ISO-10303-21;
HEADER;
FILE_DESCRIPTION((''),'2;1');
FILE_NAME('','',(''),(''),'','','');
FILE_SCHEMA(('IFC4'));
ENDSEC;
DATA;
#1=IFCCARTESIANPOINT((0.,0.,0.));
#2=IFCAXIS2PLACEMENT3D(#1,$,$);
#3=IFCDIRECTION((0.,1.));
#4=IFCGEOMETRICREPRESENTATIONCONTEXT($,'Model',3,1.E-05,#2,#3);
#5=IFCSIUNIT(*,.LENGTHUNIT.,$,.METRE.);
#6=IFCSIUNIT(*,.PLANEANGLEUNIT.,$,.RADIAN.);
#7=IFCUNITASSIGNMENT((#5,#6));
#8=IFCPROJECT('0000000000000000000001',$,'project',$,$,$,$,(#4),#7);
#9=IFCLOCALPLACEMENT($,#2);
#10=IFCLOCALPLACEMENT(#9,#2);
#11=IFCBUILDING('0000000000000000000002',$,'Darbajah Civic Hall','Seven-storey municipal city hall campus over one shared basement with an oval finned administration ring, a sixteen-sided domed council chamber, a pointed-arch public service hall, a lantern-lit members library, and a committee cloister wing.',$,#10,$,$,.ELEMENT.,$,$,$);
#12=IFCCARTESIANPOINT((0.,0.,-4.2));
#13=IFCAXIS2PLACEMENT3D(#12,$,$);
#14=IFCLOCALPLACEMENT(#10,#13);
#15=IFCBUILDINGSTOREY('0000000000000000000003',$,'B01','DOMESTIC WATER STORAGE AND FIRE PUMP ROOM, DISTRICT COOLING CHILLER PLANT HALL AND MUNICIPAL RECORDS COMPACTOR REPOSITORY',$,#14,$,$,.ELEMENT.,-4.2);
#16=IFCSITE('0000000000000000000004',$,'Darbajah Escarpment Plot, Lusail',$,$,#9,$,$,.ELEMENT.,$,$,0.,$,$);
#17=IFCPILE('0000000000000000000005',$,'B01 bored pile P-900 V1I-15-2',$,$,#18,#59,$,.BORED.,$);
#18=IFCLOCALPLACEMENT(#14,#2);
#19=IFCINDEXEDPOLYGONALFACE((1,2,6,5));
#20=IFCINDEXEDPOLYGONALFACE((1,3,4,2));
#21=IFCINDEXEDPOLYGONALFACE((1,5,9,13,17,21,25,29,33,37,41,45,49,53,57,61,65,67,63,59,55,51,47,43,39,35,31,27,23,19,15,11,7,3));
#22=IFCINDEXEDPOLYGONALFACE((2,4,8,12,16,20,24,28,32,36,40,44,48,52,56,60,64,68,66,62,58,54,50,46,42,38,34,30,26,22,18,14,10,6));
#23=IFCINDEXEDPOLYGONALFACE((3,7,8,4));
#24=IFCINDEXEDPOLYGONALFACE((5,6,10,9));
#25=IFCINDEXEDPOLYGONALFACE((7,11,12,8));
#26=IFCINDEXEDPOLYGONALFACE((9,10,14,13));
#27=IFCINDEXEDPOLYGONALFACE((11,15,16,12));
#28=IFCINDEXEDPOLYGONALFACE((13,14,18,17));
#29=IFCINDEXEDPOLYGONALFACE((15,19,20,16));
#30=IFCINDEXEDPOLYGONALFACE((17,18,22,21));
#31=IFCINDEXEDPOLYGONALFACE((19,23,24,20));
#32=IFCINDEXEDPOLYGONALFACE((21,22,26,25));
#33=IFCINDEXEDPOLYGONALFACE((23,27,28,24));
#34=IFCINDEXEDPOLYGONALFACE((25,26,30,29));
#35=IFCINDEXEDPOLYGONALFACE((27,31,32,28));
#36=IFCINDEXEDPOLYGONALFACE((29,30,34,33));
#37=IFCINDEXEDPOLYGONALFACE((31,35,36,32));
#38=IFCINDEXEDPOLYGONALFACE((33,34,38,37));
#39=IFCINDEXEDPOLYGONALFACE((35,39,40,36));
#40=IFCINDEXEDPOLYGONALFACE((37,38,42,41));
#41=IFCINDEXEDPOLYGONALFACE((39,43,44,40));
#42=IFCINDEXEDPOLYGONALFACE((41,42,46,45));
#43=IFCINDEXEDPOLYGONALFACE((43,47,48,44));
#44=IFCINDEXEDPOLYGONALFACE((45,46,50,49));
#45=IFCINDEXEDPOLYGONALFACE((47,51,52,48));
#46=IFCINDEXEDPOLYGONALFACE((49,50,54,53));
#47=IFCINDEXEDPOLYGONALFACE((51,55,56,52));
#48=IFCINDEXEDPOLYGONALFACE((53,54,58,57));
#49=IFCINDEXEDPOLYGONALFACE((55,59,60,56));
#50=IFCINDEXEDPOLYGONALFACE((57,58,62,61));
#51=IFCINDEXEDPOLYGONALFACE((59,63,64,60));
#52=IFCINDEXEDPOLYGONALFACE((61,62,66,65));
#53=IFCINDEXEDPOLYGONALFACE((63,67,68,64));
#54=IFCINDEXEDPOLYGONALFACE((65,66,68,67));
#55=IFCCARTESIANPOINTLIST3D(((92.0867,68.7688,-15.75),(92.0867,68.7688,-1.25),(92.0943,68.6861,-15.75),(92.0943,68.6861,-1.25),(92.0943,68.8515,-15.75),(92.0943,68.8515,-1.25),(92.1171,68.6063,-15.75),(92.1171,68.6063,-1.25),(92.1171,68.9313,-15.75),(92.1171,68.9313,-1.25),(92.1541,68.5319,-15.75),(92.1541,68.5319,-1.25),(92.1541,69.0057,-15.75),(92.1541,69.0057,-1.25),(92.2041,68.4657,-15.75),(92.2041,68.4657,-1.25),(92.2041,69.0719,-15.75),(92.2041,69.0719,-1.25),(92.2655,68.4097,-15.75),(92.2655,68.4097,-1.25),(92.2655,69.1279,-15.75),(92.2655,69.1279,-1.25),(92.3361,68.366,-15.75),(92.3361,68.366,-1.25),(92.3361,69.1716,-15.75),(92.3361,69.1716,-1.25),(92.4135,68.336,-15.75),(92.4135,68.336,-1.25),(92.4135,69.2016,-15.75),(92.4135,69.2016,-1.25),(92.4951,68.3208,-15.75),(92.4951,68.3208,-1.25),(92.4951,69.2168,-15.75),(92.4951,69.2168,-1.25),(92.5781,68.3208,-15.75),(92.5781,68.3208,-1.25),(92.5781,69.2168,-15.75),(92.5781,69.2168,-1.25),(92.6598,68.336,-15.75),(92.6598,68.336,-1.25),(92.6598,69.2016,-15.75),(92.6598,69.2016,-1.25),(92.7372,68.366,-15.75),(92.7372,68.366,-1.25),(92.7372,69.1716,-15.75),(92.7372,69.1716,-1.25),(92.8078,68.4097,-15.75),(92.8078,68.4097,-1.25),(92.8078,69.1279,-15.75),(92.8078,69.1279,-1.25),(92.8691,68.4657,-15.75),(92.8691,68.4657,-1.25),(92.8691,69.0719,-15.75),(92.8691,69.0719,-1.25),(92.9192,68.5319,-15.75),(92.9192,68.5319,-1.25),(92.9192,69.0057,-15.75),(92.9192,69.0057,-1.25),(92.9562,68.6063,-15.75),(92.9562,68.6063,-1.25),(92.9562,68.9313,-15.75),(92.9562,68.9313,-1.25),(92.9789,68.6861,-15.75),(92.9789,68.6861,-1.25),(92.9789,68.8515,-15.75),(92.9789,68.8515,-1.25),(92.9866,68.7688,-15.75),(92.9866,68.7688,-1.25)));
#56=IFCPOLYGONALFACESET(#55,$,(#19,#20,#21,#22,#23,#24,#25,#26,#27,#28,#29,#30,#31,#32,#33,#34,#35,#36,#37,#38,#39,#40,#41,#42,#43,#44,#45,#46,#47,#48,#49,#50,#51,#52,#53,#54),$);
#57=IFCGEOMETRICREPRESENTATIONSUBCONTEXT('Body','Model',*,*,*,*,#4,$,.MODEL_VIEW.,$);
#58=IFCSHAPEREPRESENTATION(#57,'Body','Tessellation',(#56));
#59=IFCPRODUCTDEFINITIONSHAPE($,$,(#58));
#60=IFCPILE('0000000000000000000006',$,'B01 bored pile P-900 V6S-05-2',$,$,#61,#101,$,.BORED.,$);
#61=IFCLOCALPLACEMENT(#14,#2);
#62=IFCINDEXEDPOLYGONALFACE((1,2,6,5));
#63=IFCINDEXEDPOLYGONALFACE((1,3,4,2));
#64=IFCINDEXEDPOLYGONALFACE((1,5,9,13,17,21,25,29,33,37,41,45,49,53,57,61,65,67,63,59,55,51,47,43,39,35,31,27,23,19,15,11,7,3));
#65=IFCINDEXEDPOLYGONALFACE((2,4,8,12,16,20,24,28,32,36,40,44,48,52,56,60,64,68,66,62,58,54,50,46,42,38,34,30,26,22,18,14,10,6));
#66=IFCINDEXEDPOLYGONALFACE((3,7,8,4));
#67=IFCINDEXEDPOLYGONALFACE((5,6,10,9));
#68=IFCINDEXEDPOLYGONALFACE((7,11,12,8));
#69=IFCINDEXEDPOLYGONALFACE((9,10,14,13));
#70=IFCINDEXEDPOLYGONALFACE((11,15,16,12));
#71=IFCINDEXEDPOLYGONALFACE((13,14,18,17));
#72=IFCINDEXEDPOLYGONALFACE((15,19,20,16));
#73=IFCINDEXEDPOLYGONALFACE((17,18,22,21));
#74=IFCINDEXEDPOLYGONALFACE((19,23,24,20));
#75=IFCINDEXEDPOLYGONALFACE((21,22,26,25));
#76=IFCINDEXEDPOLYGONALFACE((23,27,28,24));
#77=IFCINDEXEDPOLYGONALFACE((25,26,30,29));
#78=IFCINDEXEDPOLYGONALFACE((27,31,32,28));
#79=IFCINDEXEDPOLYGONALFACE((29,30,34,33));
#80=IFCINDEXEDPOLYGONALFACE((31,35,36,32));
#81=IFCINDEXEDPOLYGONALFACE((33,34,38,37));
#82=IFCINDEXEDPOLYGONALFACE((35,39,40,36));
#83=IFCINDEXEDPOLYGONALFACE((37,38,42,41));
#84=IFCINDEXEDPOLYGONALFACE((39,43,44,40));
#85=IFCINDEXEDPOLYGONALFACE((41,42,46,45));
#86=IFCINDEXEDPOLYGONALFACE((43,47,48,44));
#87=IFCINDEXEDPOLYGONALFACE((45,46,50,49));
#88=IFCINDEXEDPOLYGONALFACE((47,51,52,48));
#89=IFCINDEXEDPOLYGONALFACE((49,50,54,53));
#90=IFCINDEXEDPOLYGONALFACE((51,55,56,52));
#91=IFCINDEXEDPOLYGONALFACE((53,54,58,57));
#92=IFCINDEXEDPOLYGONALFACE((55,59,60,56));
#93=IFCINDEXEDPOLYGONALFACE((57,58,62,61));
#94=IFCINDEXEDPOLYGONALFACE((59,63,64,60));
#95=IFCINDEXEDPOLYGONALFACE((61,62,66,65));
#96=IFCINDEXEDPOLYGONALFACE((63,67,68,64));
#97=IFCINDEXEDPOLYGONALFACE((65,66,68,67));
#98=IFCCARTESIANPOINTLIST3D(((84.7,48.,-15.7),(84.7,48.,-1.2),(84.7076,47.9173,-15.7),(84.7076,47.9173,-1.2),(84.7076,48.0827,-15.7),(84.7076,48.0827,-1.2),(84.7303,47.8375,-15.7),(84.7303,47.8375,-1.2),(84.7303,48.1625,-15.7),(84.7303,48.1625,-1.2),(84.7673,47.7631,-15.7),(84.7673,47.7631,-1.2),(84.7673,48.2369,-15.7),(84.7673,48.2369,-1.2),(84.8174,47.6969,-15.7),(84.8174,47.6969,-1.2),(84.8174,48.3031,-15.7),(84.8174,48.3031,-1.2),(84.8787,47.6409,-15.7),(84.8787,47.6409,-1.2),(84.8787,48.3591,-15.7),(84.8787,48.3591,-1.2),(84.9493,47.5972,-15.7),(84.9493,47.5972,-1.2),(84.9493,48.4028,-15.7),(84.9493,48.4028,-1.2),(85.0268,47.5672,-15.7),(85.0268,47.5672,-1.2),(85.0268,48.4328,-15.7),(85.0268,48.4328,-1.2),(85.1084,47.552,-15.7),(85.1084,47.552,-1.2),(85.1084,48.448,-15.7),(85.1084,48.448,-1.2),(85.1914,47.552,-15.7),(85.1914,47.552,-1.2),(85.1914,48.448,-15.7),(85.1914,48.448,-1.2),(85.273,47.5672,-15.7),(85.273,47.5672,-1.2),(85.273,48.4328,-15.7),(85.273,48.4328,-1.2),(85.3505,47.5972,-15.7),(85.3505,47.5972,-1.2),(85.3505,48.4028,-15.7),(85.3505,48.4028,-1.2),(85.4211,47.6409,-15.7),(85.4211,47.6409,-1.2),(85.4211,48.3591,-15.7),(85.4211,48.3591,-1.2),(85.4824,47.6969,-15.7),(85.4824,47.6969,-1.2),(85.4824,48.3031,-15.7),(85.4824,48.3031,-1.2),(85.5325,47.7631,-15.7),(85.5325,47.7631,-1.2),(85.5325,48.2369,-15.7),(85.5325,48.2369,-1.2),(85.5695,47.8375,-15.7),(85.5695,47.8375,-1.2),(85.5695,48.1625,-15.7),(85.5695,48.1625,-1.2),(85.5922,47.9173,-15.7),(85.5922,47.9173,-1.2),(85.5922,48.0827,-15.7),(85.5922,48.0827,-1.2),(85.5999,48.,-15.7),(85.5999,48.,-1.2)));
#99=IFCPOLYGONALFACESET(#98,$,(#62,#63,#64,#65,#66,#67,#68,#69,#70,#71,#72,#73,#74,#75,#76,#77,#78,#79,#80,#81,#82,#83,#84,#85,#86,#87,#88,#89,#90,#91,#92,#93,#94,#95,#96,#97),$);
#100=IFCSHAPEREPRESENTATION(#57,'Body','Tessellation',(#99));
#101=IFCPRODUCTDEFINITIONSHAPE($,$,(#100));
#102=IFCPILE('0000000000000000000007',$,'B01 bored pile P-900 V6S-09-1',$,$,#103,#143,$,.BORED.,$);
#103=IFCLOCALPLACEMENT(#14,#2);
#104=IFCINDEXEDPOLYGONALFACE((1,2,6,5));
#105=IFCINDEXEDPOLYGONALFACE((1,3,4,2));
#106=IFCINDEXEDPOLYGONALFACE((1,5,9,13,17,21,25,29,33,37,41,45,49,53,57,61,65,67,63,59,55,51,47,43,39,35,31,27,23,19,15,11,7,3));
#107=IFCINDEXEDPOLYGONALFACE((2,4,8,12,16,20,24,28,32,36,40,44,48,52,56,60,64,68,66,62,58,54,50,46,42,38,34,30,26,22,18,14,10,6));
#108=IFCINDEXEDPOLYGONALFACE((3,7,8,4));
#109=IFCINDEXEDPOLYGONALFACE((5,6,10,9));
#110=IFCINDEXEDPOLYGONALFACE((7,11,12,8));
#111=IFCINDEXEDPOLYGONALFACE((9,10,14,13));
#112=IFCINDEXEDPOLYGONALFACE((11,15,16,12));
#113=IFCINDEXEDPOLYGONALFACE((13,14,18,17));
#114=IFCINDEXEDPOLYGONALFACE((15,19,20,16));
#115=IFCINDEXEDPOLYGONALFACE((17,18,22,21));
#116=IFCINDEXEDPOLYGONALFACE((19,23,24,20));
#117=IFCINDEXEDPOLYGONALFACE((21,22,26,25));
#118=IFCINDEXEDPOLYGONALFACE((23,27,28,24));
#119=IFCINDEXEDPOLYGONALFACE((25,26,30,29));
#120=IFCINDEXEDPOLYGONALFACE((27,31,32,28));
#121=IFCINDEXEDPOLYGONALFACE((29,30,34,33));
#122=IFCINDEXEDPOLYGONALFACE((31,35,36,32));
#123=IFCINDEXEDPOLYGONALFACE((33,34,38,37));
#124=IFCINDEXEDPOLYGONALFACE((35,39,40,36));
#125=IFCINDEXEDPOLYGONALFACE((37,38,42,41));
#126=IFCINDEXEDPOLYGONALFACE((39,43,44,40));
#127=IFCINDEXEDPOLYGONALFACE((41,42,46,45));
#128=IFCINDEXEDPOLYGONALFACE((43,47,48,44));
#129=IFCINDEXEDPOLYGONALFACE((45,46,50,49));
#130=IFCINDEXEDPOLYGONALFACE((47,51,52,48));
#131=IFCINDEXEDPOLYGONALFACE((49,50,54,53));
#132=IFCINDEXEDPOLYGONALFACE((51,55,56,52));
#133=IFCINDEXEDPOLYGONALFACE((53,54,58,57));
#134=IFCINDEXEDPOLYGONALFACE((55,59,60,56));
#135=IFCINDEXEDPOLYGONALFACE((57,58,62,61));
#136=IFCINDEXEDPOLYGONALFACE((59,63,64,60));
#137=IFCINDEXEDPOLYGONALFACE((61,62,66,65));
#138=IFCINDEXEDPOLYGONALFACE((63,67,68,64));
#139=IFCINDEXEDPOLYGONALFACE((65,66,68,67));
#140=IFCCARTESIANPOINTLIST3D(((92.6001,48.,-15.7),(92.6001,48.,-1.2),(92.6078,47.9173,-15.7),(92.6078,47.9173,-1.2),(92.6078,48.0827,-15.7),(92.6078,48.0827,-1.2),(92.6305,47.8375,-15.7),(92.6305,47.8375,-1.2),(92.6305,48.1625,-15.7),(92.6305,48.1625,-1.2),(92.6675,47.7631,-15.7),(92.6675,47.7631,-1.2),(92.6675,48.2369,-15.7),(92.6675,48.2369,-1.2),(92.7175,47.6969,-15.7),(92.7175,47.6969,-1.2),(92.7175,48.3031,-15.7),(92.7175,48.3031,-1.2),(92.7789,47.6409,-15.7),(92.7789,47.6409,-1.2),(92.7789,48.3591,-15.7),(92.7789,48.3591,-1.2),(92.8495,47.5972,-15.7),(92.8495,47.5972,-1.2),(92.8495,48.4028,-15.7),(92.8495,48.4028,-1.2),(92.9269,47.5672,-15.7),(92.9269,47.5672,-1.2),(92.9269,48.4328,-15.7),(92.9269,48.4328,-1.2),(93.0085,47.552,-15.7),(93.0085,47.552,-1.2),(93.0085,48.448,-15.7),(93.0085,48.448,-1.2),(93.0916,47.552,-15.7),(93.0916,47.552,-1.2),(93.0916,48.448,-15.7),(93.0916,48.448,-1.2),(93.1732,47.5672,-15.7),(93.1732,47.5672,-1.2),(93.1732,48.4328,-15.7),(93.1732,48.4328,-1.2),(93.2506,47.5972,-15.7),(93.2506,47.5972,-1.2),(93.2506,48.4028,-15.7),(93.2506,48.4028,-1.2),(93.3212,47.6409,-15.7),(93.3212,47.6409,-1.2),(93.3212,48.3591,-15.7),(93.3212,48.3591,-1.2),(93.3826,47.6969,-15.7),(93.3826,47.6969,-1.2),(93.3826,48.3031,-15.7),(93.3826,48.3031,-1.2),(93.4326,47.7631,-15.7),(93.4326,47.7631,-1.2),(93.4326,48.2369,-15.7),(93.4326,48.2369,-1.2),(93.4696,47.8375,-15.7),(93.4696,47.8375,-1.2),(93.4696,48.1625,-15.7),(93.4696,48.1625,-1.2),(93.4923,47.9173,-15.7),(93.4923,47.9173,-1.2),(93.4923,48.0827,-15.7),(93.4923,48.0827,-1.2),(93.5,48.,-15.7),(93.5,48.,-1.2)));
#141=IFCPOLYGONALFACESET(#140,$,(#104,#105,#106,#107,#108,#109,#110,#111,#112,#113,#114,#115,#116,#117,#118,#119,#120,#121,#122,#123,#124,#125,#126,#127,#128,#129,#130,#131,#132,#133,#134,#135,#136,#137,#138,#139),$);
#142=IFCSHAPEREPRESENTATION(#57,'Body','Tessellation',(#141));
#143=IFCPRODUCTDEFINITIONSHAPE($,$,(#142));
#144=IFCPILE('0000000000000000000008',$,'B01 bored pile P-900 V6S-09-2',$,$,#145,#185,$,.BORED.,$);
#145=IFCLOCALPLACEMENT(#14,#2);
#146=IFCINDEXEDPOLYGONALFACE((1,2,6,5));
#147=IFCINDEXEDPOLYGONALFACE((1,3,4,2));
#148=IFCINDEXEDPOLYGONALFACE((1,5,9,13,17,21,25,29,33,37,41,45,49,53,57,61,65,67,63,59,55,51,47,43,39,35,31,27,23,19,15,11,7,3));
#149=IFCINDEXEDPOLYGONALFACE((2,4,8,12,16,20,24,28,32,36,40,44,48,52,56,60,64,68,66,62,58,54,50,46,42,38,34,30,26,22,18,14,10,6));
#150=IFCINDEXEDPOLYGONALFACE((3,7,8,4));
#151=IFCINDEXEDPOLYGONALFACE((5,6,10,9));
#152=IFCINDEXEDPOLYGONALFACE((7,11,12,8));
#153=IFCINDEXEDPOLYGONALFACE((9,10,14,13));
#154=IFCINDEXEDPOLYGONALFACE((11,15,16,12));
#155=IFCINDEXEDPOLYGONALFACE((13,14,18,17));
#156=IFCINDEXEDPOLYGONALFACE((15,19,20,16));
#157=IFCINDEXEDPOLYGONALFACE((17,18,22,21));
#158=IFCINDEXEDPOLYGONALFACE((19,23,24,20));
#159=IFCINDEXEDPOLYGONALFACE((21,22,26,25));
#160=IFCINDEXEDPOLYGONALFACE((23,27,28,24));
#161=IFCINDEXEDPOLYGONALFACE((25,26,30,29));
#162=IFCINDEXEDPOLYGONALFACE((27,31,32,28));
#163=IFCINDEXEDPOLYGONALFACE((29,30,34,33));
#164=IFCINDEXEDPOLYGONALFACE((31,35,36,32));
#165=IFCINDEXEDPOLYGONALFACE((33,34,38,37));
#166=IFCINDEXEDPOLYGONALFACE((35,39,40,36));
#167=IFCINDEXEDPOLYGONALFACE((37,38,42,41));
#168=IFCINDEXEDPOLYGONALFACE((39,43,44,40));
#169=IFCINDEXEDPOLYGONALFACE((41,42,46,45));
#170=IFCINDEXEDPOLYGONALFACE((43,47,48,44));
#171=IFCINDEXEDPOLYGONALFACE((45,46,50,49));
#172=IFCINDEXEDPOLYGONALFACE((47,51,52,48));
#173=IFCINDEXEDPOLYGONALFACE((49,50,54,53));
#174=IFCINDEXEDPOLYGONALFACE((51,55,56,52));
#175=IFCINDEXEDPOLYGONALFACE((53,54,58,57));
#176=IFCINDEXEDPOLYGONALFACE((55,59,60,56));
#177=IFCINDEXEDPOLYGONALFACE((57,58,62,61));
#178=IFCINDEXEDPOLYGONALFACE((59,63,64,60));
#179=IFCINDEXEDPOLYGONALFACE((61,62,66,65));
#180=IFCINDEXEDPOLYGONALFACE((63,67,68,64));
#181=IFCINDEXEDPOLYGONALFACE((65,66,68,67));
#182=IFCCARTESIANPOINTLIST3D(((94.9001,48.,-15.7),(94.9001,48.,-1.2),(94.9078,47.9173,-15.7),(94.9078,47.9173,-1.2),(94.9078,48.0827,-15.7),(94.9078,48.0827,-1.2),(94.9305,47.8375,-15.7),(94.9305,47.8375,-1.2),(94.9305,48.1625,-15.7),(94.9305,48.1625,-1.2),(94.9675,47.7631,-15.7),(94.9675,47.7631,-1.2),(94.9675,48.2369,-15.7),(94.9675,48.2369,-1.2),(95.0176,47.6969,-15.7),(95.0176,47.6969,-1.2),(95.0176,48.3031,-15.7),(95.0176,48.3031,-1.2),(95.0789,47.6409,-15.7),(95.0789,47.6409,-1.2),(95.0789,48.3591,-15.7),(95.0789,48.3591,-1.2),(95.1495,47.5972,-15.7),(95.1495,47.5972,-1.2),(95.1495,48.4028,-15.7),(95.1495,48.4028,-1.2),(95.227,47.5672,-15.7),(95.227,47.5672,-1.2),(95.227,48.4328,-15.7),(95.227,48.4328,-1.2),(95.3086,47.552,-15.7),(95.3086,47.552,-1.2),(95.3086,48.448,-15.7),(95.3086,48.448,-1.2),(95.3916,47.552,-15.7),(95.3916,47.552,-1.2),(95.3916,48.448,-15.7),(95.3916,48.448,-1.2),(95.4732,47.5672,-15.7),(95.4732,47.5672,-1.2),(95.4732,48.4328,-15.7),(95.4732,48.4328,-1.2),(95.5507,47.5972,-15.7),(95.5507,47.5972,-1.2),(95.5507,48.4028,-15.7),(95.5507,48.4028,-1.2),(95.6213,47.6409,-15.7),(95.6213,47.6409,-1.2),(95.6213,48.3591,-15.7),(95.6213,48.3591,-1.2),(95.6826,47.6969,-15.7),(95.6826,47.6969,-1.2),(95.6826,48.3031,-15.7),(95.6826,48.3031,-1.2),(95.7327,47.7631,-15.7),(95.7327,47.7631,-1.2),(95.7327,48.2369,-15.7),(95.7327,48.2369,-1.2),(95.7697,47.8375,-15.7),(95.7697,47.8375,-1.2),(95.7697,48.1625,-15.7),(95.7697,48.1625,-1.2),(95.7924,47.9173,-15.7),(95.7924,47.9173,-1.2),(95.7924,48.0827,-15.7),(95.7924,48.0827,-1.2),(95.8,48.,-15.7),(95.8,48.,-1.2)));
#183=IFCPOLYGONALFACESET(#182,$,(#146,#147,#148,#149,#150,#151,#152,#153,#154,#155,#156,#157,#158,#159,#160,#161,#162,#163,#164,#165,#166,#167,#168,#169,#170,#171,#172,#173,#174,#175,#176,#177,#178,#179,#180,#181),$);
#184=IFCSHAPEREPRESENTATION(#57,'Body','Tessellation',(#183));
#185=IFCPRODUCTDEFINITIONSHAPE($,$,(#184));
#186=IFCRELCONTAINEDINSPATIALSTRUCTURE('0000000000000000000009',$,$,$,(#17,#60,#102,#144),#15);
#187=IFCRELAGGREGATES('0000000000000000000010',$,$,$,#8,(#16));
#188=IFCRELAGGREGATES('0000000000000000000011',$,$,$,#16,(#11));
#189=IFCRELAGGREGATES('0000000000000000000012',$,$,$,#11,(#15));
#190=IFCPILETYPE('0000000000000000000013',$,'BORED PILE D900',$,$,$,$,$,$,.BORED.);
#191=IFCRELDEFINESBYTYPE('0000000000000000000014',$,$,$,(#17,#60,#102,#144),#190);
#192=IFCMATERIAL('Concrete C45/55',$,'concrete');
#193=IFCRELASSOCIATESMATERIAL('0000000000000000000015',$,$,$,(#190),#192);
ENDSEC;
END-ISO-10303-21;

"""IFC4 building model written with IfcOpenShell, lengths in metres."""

from ifc_helpers import new_model, si_unit, direction, frame, origin, origin_2d, place, context, subcontext, project, spatial, circle, extrude, material, material_profile, profile_set, type_object, element, save


model = new_model("IFC4")

# Units and contexts
model_context = context("Model", 3, precision=1e-05, world=origin(), true_north=direction((0.0, 1.0)))
body_context = subcontext(model_context, "Body", "Model", "MODEL_VIEW")
ifc_project = project(units=[si_unit("LENGTHUNIT", "METRE"), si_unit("PLANEANGLEUNIT", "RADIAN")], contexts=[model_context])

# Site, building, storey
site_placement = place(None, origin())
site = spatial("IfcSite", under=ifc_project, at=site_placement, Name="Darbajah Escarpment Plot, Lusail", CompositionType="ELEMENT", RefElevation=0.0)
building_placement = place(site_placement, origin())
building = spatial("IfcBuilding", under=site, at=building_placement, Name="Darbajah Civic Hall", Description="Seven-storey municipal city hall campus over one shared basement with an oval finned administration ring, a sixteen-sided domed council chamber, a pointed-arch public service hall, a lantern-lit members library, and a committee cloister wing.", CompositionType="ELEMENT")
storey_placement = place(building_placement, frame((0.0, 0.0, -4.2)))
storey = spatial("IfcBuildingStorey", under=building, at=storey_placement, Name="B01", Description="DOMESTIC WATER STORAGE AND FIRE PUMP ROOM, DISTRICT COOLING CHILLER PLANT HALL AND MUNICIPAL RECORDS COMPACTOR REPOSITORY", CompositionType="ELEMENT", Elevation=-4.2)

# Piles
ifc_material_1 = material(Name="Concrete C45/55", Category="concrete")
ifc_material_profile_1 = material_profile(ifc_material_1, circle(Radius=0.45, at=origin_2d()), Name="BORED PILE D900")
ifc_profile_set_1 = profile_set([ifc_material_profile_1], Name="Concrete C45/55")
pile_type_1 = type_object("IfcPileType", Name="BORED PILE D900", PredefinedType="BORED", material=ifc_profile_set_1)
for number, where, z_axis, x_axis, name in (
    (1, (92.5366, 68.7688, -1.25), (0.0, 0.0, -1.0), (1.0, 0.0, 0.0), "B01 bored pile P-900 V1I-15-2"),
    (2, (85.1499, 48.0, -1.2), (0.0, 0.0, -1.0), (1.0, 0.0, 0.0), "B01 bored pile P-900 V6S-05-2"),
    (3, (93.05, 48.0, -1.2), (0.0, 0.0, -1.0), (1.0, 0.0, 0.0), "B01 bored pile P-900 V6S-09-1"),
    (4, (95.3501, 48.0, -1.2), (0.0, 0.0, -1.0), (1.0, 0.0, 0.0), "B01 bored pile P-900 V6S-09-2"),
):
    element("IfcPile", number, at=place(storey_placement, frame(where, z_axis=z_axis, x_axis=x_axis)), inside=storey, type_object=pile_type_1, Name=name, PredefinedType="BORED", context=body_context, shape_type="SweptSolid", body=[
        extrude(circle(Radius=0.45, at=origin_2d()), origin(), (0.0, 0.0, 1.0), 14.5),
    ])

save(model, "model.ifc")
